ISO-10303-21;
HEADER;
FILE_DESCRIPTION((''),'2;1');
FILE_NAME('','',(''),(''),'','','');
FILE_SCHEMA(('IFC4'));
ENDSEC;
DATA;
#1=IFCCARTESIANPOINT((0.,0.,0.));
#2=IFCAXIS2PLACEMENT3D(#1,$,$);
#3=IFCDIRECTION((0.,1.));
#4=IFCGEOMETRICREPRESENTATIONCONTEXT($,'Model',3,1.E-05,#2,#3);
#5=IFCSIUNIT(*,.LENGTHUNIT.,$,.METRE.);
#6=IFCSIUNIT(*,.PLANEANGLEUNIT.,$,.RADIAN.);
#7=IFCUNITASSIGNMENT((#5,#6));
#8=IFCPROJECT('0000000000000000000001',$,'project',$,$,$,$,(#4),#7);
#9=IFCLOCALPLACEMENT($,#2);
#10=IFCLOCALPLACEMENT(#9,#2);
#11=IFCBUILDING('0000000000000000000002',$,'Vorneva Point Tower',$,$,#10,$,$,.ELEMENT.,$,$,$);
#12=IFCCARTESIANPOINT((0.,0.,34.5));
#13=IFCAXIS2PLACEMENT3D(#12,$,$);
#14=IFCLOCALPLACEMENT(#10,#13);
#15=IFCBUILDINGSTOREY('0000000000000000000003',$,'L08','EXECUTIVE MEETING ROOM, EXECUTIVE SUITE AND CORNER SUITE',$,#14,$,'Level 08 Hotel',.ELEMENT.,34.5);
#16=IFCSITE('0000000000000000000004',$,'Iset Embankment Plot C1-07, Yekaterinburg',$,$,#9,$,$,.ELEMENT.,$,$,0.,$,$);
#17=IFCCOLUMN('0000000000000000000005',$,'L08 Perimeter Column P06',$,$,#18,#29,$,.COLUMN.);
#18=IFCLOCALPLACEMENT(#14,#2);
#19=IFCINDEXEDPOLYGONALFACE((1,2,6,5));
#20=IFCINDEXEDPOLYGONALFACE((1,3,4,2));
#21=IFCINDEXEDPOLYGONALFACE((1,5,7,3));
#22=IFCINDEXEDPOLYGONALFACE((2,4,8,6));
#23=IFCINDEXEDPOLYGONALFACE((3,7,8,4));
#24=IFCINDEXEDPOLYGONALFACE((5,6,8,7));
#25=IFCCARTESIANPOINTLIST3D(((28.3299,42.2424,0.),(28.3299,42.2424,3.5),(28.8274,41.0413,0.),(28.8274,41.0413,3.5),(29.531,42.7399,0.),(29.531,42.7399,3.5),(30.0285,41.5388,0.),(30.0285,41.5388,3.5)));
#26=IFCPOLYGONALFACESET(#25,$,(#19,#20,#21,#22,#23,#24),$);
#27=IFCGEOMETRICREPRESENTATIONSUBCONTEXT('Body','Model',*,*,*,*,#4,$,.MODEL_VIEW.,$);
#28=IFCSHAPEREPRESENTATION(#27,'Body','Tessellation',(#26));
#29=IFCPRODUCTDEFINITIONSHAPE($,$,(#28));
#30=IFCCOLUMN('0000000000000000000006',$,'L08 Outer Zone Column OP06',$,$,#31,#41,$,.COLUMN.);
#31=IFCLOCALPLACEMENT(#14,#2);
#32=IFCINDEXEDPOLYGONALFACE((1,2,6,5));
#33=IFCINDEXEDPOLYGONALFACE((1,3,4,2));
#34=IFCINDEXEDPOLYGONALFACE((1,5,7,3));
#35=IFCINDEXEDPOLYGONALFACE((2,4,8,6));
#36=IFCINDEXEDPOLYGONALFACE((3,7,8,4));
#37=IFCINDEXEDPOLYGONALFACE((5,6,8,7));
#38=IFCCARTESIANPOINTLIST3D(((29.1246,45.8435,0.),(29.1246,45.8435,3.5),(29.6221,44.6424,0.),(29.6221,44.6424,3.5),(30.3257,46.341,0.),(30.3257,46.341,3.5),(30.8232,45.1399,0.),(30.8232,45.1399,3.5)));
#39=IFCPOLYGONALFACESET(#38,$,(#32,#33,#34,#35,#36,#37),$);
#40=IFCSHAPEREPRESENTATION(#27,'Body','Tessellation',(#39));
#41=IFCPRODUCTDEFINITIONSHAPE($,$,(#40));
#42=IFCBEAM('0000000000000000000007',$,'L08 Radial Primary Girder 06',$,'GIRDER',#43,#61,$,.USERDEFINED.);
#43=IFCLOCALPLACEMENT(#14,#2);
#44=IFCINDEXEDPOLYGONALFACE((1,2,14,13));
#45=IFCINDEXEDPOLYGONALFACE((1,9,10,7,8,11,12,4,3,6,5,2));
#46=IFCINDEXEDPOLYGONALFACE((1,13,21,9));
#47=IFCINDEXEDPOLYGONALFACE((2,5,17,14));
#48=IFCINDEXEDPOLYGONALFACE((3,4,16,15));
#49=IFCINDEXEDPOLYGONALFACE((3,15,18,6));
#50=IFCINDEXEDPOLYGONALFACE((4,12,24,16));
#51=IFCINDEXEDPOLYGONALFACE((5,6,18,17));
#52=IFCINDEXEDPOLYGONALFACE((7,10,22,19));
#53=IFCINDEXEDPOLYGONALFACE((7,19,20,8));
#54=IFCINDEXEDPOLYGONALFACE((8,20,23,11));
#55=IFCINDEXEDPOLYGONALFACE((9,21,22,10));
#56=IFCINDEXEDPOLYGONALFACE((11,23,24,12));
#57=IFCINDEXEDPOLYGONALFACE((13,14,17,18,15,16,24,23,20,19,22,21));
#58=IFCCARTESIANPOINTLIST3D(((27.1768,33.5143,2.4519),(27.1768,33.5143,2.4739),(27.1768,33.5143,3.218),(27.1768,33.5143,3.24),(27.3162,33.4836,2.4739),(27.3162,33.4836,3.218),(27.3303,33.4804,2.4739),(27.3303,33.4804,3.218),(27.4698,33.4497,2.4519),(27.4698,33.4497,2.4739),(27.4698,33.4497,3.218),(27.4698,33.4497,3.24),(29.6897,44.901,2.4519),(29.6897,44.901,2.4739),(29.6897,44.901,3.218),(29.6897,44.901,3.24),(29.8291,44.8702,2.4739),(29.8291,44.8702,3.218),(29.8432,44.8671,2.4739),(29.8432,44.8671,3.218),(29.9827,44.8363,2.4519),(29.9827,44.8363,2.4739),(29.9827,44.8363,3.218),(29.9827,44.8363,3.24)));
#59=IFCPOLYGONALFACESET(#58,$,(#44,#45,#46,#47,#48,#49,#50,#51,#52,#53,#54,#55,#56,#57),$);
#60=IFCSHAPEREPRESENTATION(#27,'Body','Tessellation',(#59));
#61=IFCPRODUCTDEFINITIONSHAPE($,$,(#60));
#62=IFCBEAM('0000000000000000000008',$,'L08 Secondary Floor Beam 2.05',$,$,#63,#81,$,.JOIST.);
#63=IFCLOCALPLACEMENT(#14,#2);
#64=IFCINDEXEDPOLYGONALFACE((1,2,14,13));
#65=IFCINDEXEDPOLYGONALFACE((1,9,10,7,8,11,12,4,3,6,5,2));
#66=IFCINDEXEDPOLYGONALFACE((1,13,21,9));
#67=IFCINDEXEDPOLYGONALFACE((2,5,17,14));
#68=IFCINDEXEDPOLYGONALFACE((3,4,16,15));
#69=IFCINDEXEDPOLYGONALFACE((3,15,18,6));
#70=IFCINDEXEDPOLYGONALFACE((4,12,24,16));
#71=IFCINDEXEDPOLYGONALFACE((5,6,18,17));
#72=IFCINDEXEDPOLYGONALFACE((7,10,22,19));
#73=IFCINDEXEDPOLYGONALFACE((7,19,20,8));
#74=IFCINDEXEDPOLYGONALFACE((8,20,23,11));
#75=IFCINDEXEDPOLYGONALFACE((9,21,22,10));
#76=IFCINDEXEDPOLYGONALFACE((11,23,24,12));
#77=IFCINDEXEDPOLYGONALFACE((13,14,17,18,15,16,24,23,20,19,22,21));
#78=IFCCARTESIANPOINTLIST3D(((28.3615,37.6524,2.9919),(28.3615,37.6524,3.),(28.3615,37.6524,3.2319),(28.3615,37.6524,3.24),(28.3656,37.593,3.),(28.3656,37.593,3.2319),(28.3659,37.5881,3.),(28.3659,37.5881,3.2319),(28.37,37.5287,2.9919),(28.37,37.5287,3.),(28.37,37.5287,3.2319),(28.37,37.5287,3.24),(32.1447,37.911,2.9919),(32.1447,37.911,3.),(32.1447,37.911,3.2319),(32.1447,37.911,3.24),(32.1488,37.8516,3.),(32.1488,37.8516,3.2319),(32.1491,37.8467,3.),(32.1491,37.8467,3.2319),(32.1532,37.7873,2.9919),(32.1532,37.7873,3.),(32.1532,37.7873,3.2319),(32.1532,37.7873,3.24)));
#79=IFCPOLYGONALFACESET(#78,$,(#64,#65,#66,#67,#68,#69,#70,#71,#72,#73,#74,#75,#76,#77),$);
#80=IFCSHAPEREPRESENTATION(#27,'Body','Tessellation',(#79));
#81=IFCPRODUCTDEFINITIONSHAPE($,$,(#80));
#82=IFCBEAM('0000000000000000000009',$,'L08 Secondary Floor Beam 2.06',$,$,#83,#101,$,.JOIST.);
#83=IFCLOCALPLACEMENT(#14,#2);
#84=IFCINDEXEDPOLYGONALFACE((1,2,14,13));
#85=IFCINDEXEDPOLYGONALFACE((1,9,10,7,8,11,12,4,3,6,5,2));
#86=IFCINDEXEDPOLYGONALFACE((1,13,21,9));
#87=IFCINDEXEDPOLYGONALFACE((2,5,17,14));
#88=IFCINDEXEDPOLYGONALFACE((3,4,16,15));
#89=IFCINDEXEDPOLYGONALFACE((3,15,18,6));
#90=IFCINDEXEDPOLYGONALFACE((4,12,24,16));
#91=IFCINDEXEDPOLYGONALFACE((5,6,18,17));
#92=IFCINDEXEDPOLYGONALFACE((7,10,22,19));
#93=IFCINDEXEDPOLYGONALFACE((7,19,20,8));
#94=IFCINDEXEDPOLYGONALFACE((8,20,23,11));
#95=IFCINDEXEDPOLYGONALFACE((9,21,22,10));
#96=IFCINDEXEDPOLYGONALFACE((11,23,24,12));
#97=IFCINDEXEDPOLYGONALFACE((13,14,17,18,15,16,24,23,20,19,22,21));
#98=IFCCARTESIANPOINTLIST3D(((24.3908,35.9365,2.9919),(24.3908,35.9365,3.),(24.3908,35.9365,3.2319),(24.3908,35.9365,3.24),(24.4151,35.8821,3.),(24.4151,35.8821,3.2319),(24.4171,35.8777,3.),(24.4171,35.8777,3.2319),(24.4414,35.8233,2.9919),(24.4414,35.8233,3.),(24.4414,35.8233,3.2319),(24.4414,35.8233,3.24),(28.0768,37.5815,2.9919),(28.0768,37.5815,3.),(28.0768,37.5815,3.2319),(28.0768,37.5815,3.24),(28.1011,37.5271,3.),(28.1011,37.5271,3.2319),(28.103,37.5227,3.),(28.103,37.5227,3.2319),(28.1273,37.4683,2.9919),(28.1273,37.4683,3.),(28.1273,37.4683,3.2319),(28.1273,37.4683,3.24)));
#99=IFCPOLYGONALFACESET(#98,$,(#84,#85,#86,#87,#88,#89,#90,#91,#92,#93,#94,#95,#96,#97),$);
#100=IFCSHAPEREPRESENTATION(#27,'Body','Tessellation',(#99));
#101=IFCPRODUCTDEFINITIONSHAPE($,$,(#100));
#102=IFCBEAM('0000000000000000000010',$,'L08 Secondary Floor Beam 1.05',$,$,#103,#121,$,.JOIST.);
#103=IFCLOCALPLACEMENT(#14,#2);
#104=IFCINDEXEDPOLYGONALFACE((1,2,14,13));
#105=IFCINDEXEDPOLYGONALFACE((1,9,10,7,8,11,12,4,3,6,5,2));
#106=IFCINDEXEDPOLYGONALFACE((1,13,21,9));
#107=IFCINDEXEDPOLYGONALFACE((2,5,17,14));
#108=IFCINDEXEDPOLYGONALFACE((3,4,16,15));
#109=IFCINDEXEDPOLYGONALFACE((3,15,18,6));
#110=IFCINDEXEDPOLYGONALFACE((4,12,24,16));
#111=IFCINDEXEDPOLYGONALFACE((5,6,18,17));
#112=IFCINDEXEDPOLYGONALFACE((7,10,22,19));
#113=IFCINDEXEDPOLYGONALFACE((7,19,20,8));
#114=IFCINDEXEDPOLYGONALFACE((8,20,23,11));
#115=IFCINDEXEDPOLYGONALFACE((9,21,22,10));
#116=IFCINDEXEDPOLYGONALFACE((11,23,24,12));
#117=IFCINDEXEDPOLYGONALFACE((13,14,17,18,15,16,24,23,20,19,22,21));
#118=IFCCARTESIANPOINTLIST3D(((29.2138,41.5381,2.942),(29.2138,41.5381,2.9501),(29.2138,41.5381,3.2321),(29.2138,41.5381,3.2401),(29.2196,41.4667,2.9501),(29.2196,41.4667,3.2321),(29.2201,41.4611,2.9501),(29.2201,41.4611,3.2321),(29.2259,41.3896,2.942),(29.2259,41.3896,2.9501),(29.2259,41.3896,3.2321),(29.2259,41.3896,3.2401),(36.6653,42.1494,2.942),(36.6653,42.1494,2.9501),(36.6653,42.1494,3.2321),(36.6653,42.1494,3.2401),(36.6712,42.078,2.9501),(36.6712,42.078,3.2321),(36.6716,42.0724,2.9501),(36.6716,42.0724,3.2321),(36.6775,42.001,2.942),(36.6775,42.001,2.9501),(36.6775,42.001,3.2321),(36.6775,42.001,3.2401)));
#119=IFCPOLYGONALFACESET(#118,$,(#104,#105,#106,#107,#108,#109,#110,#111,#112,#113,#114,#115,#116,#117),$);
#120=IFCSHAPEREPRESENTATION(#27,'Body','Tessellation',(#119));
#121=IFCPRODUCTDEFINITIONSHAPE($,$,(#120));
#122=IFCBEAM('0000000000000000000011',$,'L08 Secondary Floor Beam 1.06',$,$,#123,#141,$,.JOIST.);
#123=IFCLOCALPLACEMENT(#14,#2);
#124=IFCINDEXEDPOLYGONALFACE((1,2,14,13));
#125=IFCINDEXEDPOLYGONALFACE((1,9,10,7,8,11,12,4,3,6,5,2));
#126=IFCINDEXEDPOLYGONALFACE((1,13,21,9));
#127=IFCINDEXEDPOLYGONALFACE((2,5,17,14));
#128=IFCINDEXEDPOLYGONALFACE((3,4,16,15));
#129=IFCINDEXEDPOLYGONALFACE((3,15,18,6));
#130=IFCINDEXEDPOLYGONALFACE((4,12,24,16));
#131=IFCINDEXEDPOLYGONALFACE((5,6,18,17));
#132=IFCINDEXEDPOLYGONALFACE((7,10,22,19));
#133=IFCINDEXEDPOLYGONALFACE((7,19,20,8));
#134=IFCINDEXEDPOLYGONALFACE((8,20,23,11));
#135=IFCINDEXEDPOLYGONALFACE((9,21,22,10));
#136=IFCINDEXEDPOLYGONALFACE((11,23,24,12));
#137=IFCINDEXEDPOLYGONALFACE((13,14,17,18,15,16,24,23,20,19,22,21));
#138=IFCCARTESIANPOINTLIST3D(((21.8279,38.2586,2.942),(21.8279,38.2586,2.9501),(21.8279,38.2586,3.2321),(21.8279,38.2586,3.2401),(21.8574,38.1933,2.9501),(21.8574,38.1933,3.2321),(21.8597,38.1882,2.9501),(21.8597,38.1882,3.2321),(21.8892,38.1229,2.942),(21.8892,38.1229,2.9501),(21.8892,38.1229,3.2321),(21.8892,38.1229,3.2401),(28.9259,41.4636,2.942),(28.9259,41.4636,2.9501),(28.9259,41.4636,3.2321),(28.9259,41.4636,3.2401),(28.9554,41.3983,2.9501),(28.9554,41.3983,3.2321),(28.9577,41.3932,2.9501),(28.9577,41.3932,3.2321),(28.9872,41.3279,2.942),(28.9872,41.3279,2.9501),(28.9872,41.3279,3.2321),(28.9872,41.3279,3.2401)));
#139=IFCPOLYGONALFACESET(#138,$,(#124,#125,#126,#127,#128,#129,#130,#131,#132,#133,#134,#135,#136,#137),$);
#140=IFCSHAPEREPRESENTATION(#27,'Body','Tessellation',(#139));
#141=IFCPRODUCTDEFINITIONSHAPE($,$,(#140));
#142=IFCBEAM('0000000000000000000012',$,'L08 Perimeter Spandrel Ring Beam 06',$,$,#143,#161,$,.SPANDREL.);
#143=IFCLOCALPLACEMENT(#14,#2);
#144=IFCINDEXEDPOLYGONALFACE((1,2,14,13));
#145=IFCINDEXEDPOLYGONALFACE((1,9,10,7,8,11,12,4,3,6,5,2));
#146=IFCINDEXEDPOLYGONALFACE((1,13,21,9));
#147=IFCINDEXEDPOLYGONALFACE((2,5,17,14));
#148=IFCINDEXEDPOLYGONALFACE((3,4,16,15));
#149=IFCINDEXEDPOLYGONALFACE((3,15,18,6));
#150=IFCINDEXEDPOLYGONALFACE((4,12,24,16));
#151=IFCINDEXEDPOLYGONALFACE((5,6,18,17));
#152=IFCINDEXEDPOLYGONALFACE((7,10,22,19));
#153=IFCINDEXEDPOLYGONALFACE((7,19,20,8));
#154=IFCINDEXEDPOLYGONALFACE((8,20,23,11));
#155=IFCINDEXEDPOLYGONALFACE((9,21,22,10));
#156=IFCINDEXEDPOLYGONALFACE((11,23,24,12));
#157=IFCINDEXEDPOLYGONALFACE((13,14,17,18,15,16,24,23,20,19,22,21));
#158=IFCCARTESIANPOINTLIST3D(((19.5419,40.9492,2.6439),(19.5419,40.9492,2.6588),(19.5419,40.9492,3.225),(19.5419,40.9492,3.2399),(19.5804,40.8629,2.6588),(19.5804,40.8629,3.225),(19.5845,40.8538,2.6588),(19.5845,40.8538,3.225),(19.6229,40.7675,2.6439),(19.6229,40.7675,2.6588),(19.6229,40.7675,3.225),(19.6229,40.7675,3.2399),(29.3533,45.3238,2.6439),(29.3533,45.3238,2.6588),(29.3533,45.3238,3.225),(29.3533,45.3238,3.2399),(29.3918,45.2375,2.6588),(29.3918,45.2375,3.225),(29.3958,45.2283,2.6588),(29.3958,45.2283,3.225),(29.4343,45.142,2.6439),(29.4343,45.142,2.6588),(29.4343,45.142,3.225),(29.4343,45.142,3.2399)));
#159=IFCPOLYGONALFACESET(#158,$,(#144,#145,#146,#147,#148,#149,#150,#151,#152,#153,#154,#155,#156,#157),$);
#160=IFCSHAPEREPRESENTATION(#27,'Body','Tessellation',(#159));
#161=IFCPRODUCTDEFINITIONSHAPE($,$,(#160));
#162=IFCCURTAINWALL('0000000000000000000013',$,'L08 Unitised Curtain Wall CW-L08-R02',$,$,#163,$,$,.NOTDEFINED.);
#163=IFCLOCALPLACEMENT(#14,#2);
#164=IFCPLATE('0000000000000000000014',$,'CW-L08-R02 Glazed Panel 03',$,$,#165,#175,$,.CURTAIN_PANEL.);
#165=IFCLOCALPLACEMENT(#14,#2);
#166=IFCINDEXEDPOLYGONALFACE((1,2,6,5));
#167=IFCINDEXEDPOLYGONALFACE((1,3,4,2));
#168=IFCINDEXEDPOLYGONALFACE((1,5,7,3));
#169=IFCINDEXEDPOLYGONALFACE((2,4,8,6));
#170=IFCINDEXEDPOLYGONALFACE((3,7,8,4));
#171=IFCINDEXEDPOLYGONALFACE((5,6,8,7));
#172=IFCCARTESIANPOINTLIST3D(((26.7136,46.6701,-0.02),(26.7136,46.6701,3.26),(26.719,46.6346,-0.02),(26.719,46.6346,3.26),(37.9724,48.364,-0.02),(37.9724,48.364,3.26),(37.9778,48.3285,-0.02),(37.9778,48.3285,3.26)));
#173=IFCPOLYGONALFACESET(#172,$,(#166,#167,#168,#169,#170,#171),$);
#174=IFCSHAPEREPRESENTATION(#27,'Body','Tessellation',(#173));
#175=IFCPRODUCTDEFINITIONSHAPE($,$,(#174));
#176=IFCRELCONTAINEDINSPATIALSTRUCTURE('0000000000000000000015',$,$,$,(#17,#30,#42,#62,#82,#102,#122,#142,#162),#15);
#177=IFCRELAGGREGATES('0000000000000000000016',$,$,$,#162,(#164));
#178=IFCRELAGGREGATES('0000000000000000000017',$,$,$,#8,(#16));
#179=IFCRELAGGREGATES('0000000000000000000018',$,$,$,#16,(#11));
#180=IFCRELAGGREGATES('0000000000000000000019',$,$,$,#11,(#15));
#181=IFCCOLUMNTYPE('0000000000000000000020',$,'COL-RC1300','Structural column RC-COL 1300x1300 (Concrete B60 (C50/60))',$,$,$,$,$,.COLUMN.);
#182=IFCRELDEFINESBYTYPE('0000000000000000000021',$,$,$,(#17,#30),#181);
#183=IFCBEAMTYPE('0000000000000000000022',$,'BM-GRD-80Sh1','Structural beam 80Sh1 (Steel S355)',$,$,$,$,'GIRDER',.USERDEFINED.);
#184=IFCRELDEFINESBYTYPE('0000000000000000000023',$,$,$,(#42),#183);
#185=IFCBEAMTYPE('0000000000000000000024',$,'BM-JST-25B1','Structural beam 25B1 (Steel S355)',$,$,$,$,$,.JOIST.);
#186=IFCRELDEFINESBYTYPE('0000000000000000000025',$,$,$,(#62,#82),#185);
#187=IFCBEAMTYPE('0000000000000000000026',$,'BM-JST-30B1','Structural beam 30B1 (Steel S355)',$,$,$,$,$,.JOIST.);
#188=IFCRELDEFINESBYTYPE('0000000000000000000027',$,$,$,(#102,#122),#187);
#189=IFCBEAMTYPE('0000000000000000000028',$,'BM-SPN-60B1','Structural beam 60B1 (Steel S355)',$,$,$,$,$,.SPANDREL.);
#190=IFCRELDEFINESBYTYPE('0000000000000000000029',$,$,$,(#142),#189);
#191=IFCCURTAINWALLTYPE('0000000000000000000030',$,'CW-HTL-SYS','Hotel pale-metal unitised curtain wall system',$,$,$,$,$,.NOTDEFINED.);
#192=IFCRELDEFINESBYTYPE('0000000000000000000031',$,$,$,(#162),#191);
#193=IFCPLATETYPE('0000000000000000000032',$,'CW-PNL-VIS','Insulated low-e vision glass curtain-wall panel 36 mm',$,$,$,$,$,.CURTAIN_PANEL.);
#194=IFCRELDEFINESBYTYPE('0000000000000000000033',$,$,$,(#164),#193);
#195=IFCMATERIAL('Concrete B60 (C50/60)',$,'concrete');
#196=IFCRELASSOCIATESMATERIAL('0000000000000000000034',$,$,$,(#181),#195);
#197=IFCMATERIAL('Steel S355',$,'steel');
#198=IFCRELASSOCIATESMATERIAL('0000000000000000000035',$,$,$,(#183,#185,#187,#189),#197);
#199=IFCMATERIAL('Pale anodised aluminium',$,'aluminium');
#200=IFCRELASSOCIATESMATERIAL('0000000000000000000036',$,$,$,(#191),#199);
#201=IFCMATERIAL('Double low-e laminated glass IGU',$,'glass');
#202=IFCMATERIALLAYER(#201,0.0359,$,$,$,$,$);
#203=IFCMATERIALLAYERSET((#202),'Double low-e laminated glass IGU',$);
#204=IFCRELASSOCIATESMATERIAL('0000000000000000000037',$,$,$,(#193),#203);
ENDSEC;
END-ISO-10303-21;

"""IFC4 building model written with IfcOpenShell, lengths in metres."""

from ifc_helpers import new_model, si_unit, direction, frame, origin, origin_2d, place, context, subcontext, project, spatial, rectangle, i_section, extrude, material, layer, layer_set, material_profile, profile_set, type_object, element, aggregate, save


model = new_model("IFC4")

# Units and contexts
model_context = context("Model", 3, precision=1e-05, world=origin(), true_north=direction((0.0, 1.0)))
body_context = subcontext(model_context, "Body", "Model", "MODEL_VIEW")
ifc_project = project(units=[si_unit("LENGTHUNIT", "METRE"), si_unit("PLANEANGLEUNIT", "RADIAN")], contexts=[model_context])

# Site, building, storey
site_placement = place(None, origin())
site = spatial("IfcSite", under=ifc_project, at=site_placement, Name="Iset Embankment Plot C1-07, Yekaterinburg", CompositionType="ELEMENT", RefElevation=0.0)
building_placement = place(site_placement, origin())
building = spatial("IfcBuilding", under=site, at=building_placement, Name="Vorneva Point Tower", CompositionType="ELEMENT")
storey_placement = place(building_placement, frame((0.0, 0.0, 34.5)))
storey = spatial("IfcBuildingStorey", under=building, at=storey_placement, Name="L08", Description="EXECUTIVE MEETING ROOM, EXECUTIVE SUITE AND CORNER SUITE", LongName="Level 08 Hotel", CompositionType="ELEMENT", Elevation=34.5)

# Columns
ifc_material_1 = material(Name="Concrete B60 (C50/60)", Category="concrete")
ifc_material_profile_1 = material_profile(ifc_material_1, rectangle(XDim=1.3, YDim=1.3, at=origin_2d()), Name="RC-COL 1300x1300")
ifc_profile_set_1 = profile_set([ifc_material_profile_1], Name="Concrete B60 (C50/60)")
column_type = type_object("IfcColumnType", Name="COL-RC1300", Description="Structural column RC-COL 1300x1300 (Concrete B60 (C50/60))", PredefinedType="COLUMN", material=ifc_profile_set_1)
for number, where, z_axis, x_axis, name in (
    (1, (29.1792, 41.8906, 0.0), (0.0, 0.0, 1.0), (-0.382683, 0.92388, 0.0), "L08 Perimeter Column P06"),
    (2, (29.9739, 45.4917, 0.0), (0.0, 0.0, 1.0), (-0.382683, 0.92388, 0.0), "L08 Outer Zone Column OP06"),
):
    element("IfcColumn", number, at=place(storey_placement, frame(where, z_axis=z_axis, x_axis=x_axis)), inside=storey, type_object=column_type, Name=name, PredefinedType="COLUMN", context=body_context, shape_type="SweptSolid", body=[
        extrude(rectangle(XDim=1.3, YDim=1.3, at=origin_2d()), origin(), (0.0, 0.0, 1.0), 3.5),
    ])

# Beams
ifc_material_2 = material(Name="Steel S355", Category="steel")
ifc_material_profile_2 = material_profile(ifc_material_2, i_section(OverallWidth=0.3, OverallDepth=0.7881, WebThickness=0.0144, FlangeThickness=0.022, at=origin_2d()), Name="80Sh1")
ifc_profile_set_2 = profile_set([ifc_material_profile_2], Name="Steel S355")
beam_type_1 = type_object("IfcBeamType", Name="BM-GRD-80Sh1", Description="Structural beam 80Sh1 (Steel S355)", ElementType="GIRDER", PredefinedType="USERDEFINED", material=ifc_profile_set_2)
beam_1_placement = place(storey_placement, frame((29.8362, 44.8687, 2.8459), z_axis=(-0.215505, -0.976503, 0.0), x_axis=(0.976503, -0.215505, 0.0)))
element("IfcBeam", 3, at=beam_1_placement, inside=storey, type_object=beam_type_1, Name="L08 Radial Primary Girder 06", ObjectType="GIRDER", PredefinedType="USERDEFINED", context=body_context, shape_type="SweptSolid", body=[
    extrude(i_section(OverallWidth=0.3, OverallDepth=0.7881, WebThickness=0.0144, FlangeThickness=0.022, at=origin_2d()), origin(), (0.0, 0.0, 1.0), 11.6606),
])
ifc_material_profile_3 = material_profile(ifc_material_2, i_section(OverallWidth=0.124, OverallDepth=0.248, WebThickness=0.0049, FlangeThickness=0.0081, at=origin_2d()), Name="25B1")
ifc_profile_set_3 = profile_set([ifc_material_profile_3], Name="Steel S355")
beam_type_2 = type_object("IfcBeamType", Name="BM-JST-25B1", Description="Structural beam 25B1 (Steel S355)", PredefinedType="JOIST", material=ifc_profile_set_3)
beam_2_placement = place(storey_placement, frame((32.1489, 37.8491, 3.116), z_axis=(-0.997673, -0.068181, 0.0), x_axis=(0.068181, -0.997673, 0.0)))
element("IfcBeam", 4, at=beam_2_placement, inside=storey, type_object=beam_type_2, Name="L08 Secondary Floor Beam 2.05", PredefinedType="JOIST", context=body_context, shape_type="SweptSolid", body=[
    extrude(i_section(OverallWidth=0.124, OverallDepth=0.248, WebThickness=0.0049, FlangeThickness=0.0081, at=origin_2d()), origin(), (0.0, 0.0, 1.0), 3.792),
])
beam_3_placement = place(storey_placement, frame((28.1021, 37.5249, 3.116), z_axis=(-0.913187, -0.407541, 0.0), x_axis=(0.407541, -0.913187, 0.0)))
element("IfcBeam", 5, at=beam_3_placement, inside=storey, type_object=beam_type_2, Name="L08 Secondary Floor Beam 2.06", PredefinedType="JOIST", context=body_context, shape_type="SweptSolid", body=[
    extrude(i_section(OverallWidth=0.124, OverallDepth=0.248, WebThickness=0.0049, FlangeThickness=0.0081, at=origin_2d()), origin(), (0.0, 0.0, 1.0), 4.0364),
])
ifc_material_profile_4 = material_profile(ifc_material_2, i_section(OverallWidth=0.1489, OverallDepth=0.2981, WebThickness=0.0056, FlangeThickness=0.0081, at=origin_2d()), Name="30B1")
ifc_profile_set_4 = profile_set([ifc_material_profile_4], Name="Steel S355")
beam_type_3 = type_object("IfcBeamType", Name="BM-JST-30B1", Description="Structural beam 30B1 (Steel S355)", PredefinedType="JOIST", material=ifc_profile_set_4)
beam_4_placement = place(storey_placement, frame((36.6714, 42.0752, 3.0911), z_axis=(-0.996651, -0.081767, 0.0), x_axis=(0.081767, -0.996651, 0.0)))
element("IfcBeam", 6, at=beam_4_placement, inside=storey, type_object=beam_type_3, Name="L08 Secondary Floor Beam 1.05", PredefinedType="JOIST", context=body_context, shape_type="SweptSolid", body=[
    extrude(i_section(OverallWidth=0.1489, OverallDepth=0.2981, WebThickness=0.0056, FlangeThickness=0.0081, at=origin_2d()), origin(), (0.0, 0.0, 1.0), 7.4766),
])
beam_5_placement = place(storey_placement, frame((28.9565, 41.3958, 3.0911), z_axis=(-0.911396, -0.41153, 0.0), x_axis=(0.41153, -0.911396, 0.0)))
element("IfcBeam", 7, at=beam_5_placement, inside=storey, type_object=beam_type_3, Name="L08 Secondary Floor Beam 1.06", PredefinedType="JOIST", context=body_context, shape_type="SweptSolid", body=[
    extrude(i_section(OverallWidth=0.1489, OverallDepth=0.2981, WebThickness=0.0056, FlangeThickness=0.0081, at=origin_2d()), origin(), (0.0, 0.0, 1.0), 7.7881),
])
ifc_material_profile_5 = material_profile(ifc_material_2, i_section(OverallWidth=0.199, OverallDepth=0.5959, WebThickness=0.01, FlangeThickness=0.0149, at=origin_2d()), Name="60B1")
ifc_profile_set_5 = profile_set([ifc_material_profile_5], Name="Steel S355")
beam_type_4 = type_object("IfcBeamType", Name="BM-SPN-60B1", Description="Structural beam 60B1 (Steel S355)", PredefinedType="SPANDREL", material=ifc_profile_set_5)
beam_6_placement = place(storey_placement, frame((29.3938, 45.2329, 2.9419), z_axis=(-0.913329, -0.407222, 0.0), x_axis=(0.407222, -0.913329, 0.0)))
element("IfcBeam", 8, at=beam_6_placement, inside=storey, type_object=beam_type_4, Name="L08 Perimeter Spandrel Ring Beam 06", PredefinedType="SPANDREL", context=body_context, shape_type="SweptSolid", body=[
    extrude(i_section(OverallWidth=0.199, OverallDepth=0.5959, WebThickness=0.01, FlangeThickness=0.0149, at=origin_2d()), origin(), (0.0, 0.0, 1.0), 10.7424),
])

# Curtain wall, plate
ifc_material_3 = material(Name="Pale anodised aluminium", Category="aluminium")
curtain_wall_type = type_object("IfcCurtainWallType", Name="CW-HTL-SYS", Description="Hotel pale-metal unitised curtain wall system", PredefinedType="NOTDEFINED", material=ifc_material_3)
curtain_wall_placement = place(storey_placement, origin())
curtain_wall = element("IfcCurtainWall", 9, at=curtain_wall_placement, inside=storey, type_object=curtain_wall_type, Name="L08 Unitised Curtain Wall CW-L08-R02", PredefinedType="NOTDEFINED")
ifc_material_4 = material(Name="Double low-e laminated glass IGU", Category="glass")
ifc_layer_1 = layer(ifc_material_4, 0.0359)
ifc_layer_set_1 = layer_set([ifc_layer_1], Name="Double low-e laminated glass IGU")
plate_type = type_object("IfcPlateType", Name="CW-PNL-VIS", Description="Insulated low-e vision glass curtain-wall panel 36 mm", PredefinedType="CURTAIN_PANEL", material=ifc_layer_set_1)
plate_placement = place(storey_placement, frame((32.3457, 47.4993, -0.02), z_axis=(0.0, 0.0, 1.0), x_axis=(-0.988871, -0.148776, 0.0)))
plate = element("IfcPlate", 10, at=plate_placement, type_object=plate_type, Name="CW-L08-R02 Glazed Panel 03", PredefinedType="CURTAIN_PANEL", context=body_context, shape_type="SweptSolid", body=[
    extrude(rectangle(XDim=11.3855, YDim=0.0359, at=origin_2d()), origin(), (0.0, 0.0, 1.0), 3.28),
])
aggregate(curtain_wall, [plate])

save(model, "model.ifc")
